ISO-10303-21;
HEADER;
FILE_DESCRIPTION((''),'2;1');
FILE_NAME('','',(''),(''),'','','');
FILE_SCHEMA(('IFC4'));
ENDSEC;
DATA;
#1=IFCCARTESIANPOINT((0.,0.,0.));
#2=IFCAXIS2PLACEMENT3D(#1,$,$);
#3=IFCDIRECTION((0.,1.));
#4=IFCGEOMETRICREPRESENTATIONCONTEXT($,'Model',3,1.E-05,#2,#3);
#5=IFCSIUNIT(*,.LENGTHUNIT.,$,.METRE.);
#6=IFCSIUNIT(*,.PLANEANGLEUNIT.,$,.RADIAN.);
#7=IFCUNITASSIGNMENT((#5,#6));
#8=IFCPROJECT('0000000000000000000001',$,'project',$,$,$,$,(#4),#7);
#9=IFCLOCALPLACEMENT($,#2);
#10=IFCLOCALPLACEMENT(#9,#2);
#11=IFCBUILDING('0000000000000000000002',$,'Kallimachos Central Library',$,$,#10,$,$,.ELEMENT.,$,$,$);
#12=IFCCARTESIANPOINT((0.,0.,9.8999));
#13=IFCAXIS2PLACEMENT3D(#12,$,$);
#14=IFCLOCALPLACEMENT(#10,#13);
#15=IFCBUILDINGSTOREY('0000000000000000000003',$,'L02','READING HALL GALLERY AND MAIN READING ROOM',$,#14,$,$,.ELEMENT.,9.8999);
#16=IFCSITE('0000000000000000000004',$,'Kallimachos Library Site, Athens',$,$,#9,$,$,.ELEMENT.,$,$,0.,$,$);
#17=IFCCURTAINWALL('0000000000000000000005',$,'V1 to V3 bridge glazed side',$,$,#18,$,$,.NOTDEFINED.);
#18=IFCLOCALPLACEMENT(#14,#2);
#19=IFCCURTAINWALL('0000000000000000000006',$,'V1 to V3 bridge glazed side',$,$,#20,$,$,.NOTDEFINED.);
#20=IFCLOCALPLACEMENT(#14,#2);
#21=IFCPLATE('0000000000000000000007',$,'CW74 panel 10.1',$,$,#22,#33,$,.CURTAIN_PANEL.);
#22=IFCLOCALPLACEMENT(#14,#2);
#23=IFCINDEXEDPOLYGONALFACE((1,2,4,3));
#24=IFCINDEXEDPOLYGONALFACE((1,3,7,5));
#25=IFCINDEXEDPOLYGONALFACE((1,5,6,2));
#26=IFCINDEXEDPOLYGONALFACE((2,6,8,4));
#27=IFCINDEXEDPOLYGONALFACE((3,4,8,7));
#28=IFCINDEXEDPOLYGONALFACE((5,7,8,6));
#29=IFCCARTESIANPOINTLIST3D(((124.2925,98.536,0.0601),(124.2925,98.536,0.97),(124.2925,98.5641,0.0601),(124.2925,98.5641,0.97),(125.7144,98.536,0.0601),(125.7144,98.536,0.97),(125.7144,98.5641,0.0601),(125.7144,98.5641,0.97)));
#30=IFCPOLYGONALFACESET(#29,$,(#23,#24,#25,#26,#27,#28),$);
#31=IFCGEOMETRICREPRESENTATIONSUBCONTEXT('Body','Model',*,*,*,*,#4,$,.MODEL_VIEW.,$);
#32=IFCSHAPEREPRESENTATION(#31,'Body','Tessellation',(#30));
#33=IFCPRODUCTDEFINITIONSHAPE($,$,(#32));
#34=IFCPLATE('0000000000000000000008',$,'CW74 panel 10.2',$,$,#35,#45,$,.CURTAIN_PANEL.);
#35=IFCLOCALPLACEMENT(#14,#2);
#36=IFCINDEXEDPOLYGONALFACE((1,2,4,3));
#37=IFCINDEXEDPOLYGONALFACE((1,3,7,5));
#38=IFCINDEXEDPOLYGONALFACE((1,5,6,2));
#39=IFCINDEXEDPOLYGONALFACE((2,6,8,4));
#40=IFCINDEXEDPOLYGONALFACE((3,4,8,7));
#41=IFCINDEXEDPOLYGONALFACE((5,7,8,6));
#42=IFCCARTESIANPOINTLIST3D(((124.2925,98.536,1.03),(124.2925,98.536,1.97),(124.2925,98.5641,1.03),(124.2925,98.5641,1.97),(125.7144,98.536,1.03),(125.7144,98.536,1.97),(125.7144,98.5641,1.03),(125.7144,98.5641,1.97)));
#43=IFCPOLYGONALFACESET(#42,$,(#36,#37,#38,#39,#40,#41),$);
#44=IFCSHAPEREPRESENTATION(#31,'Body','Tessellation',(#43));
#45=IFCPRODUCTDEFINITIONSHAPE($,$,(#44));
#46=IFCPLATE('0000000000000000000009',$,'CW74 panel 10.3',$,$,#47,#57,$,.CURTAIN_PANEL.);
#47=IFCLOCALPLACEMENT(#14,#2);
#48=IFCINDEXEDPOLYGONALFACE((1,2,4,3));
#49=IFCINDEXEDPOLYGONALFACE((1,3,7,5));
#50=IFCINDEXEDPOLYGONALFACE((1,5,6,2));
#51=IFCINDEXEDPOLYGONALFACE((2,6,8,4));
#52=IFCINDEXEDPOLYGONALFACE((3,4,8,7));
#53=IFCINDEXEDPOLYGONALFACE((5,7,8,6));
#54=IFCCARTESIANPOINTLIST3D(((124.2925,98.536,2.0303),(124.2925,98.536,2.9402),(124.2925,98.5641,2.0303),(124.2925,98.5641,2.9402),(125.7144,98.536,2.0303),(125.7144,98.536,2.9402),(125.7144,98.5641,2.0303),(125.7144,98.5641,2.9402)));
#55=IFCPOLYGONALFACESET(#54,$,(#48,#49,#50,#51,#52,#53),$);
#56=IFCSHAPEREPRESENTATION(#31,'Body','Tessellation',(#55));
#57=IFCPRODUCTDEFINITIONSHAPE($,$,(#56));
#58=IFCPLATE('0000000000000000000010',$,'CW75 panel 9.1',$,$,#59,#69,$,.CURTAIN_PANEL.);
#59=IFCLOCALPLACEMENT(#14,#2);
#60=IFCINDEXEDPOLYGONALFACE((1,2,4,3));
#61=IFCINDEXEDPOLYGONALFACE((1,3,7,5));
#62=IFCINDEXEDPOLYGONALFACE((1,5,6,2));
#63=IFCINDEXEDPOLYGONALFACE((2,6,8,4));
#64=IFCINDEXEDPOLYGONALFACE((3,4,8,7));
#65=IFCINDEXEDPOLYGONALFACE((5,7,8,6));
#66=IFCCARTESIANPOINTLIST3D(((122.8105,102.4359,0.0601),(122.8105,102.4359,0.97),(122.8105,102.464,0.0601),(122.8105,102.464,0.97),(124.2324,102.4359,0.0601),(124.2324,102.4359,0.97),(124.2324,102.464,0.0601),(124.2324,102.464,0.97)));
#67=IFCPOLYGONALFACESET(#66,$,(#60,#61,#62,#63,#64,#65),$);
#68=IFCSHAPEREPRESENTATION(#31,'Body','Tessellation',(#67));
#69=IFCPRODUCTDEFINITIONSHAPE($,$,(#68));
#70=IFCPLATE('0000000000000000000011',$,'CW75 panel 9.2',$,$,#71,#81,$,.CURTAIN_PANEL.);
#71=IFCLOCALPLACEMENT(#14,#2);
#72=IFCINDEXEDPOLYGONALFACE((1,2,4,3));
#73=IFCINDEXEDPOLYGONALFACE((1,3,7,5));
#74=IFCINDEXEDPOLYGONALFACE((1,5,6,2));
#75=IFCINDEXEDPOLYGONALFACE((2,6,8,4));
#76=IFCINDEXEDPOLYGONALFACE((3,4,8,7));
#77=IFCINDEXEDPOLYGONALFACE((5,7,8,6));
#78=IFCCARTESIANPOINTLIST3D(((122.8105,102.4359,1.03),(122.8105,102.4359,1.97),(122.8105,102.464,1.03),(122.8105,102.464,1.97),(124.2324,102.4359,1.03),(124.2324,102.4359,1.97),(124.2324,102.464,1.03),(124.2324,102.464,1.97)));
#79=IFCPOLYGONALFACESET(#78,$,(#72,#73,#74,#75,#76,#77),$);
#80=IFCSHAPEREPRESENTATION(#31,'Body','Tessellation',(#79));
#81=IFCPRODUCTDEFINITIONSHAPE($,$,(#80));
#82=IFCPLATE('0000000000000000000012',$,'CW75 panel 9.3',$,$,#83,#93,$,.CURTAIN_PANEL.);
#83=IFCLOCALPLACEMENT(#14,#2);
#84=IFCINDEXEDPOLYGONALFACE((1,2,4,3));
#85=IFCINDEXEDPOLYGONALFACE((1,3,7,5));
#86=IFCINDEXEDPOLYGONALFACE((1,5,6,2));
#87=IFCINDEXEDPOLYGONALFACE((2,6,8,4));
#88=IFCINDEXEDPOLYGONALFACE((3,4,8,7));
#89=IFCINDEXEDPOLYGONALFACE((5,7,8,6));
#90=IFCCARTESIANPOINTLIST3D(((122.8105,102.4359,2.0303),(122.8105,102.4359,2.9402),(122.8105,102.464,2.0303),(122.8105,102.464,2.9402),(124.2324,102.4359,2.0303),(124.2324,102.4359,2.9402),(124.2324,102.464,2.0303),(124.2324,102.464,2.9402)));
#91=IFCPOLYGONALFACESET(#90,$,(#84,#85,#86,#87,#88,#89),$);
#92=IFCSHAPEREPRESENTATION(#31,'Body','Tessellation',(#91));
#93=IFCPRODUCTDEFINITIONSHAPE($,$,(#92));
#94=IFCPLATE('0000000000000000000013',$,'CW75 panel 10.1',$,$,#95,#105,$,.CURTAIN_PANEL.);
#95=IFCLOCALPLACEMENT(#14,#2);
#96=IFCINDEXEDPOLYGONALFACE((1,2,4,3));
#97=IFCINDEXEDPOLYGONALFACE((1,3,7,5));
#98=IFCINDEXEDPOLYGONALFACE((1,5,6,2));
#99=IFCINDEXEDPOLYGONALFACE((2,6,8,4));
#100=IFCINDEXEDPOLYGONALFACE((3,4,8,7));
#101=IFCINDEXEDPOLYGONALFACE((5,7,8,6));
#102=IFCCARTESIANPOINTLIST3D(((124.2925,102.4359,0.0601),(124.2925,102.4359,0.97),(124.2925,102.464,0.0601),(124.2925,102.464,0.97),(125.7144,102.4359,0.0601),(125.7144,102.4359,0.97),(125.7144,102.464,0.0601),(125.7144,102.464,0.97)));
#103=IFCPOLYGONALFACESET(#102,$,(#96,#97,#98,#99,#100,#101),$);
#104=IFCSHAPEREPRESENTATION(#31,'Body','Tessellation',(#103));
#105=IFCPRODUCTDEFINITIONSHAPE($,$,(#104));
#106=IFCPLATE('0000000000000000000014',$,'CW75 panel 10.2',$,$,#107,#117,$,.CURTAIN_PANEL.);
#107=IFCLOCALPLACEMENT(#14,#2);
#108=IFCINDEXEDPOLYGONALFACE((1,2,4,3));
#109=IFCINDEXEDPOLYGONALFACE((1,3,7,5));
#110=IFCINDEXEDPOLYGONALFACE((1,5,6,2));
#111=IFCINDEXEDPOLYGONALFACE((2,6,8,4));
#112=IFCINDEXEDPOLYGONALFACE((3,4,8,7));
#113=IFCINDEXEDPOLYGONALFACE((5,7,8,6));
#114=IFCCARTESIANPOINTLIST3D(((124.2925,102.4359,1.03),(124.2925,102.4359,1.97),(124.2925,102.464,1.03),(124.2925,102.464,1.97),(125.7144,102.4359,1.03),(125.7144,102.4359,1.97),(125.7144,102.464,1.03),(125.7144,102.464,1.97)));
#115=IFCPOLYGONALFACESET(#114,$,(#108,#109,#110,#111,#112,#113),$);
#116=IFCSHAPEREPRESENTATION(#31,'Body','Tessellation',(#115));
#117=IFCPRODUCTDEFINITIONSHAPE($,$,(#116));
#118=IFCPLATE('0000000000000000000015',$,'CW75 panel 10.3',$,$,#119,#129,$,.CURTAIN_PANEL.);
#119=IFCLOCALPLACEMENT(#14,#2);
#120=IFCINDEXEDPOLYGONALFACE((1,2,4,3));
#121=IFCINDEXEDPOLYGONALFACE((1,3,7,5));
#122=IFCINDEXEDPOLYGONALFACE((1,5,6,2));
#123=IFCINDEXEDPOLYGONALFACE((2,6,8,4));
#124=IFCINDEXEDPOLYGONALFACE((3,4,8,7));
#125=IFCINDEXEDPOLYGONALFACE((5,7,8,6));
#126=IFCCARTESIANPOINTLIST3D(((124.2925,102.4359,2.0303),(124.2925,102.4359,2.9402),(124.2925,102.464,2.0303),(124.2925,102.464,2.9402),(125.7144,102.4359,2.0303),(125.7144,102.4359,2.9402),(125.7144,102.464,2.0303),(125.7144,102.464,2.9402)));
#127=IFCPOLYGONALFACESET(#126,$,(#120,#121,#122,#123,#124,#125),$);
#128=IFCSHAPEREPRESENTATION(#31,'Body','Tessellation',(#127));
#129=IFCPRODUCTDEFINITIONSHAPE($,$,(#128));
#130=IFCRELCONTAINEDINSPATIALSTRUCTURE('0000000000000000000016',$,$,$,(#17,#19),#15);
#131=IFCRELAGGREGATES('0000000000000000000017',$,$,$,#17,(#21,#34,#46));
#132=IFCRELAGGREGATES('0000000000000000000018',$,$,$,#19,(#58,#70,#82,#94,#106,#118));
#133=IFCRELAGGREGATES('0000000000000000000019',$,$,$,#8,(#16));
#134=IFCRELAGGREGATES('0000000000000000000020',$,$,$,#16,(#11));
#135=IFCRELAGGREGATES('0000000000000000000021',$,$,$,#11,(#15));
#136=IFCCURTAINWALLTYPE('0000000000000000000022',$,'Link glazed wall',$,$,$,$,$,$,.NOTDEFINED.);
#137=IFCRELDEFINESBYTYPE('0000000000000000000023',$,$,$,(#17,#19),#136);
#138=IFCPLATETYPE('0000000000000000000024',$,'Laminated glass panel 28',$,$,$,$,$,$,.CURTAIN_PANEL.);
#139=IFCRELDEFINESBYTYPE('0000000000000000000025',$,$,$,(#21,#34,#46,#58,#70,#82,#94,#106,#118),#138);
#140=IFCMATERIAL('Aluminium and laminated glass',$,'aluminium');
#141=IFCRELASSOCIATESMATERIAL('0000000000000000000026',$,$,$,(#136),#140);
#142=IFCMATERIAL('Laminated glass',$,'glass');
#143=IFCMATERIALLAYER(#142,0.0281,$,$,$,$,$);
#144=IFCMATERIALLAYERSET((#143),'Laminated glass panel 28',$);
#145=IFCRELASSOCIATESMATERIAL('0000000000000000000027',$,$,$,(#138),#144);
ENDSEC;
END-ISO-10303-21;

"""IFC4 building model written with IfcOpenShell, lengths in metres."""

from ifc_helpers import new_model, si_unit, direction, frame, origin, origin_2d, place, context, subcontext, project, spatial, rectangle, extrude, material, layer, layer_set, type_object, element, aggregate, save


model = new_model("IFC4")

# Units and contexts
model_context = context("Model", 3, precision=1e-05, world=origin(), true_north=direction((0.0, 1.0)))
body_context = subcontext(model_context, "Body", "Model", "MODEL_VIEW")
ifc_project = project(units=[si_unit("LENGTHUNIT", "METRE"), si_unit("PLANEANGLEUNIT", "RADIAN")], contexts=[model_context])

# Site, building, storey
site_placement = place(None, origin())
site = spatial("IfcSite", under=ifc_project, at=site_placement, Name="Kallimachos Library Site, Athens", CompositionType="ELEMENT", RefElevation=0.0)
building_placement = place(site_placement, origin())
building = spatial("IfcBuilding", under=site, at=building_placement, Name="Kallimachos Central Library", CompositionType="ELEMENT")
storey_placement = place(building_placement, frame((0.0, 0.0, 9.8999)))
storey = spatial("IfcBuildingStorey", under=building, at=storey_placement, Name="L02", Description="READING HALL GALLERY AND MAIN READING ROOM", CompositionType="ELEMENT", Elevation=9.8999)

# Curtain walls
ifc_material_1 = material(Name="Aluminium and laminated glass", Category="aluminium")
curtain_wall_type = type_object("IfcCurtainWallType", Name="Link glazed wall", PredefinedType="NOTDEFINED", material=ifc_material_1)
curtain_wall_1_placement = place(storey_placement, origin())
curtain_wall_1 = element("IfcCurtainWall", 1, at=curtain_wall_1_placement, inside=storey, type_object=curtain_wall_type, Name="V1 to V3 bridge glazed side", PredefinedType="NOTDEFINED")
curtain_wall_2_placement = place(storey_placement, origin())
curtain_wall_2 = element("IfcCurtainWall", 2, at=curtain_wall_2_placement, inside=storey, type_object=curtain_wall_type, Name="V1 to V3 bridge glazed side", PredefinedType="NOTDEFINED")

# Plates
ifc_material_2 = material(Name="Laminated glass", Category="glass")
ifc_layer = layer(ifc_material_2, 0.0281)
ifc_layer_set = layer_set([ifc_layer], Name="Laminated glass panel 28")
plate_type = type_object("IfcPlateType", Name="Laminated glass panel 28", PredefinedType="CURTAIN_PANEL", material=ifc_layer_set)
plate_1_placement = place(storey_placement, frame((125.0034, 98.55, 0.0601), z_axis=(0.0, 0.0, 1.0), x_axis=(1.0, 0.0, 0.0)))
plate_1 = element("IfcPlate", 3, at=plate_1_placement, type_object=plate_type, Name="CW74 panel 10.1", PredefinedType="CURTAIN_PANEL", context=body_context, shape_type="SweptSolid", body=[
    extrude(rectangle(XDim=1.4219, YDim=0.0281, at=origin_2d()), origin(), (0.0, 0.0, 1.0), 0.9099),
])
plate_2_placement = place(storey_placement, frame((125.0034, 98.55, 1.03), z_axis=(0.0, 0.0, 1.0), x_axis=(1.0, 0.0, 0.0)))
plate_2 = element("IfcPlate", 4, at=plate_2_placement, type_object=plate_type, Name="CW74 panel 10.2", PredefinedType="CURTAIN_PANEL", context=body_context, shape_type="SweptSolid", body=[
    extrude(rectangle(XDim=1.4219, YDim=0.0281, at=origin_2d()), origin(), (0.0, 0.0, 1.0), 0.9399),
])
plate_3_placement = place(storey_placement, frame((125.0034, 98.55, 2.0303), z_axis=(0.0, 0.0, 1.0), x_axis=(1.0, 0.0, 0.0)))
plate_3 = element("IfcPlate", 5, at=plate_3_placement, type_object=plate_type, Name="CW74 panel 10.3", PredefinedType="CURTAIN_PANEL", context=body_context, shape_type="SweptSolid", body=[
    extrude(rectangle(XDim=1.4219, YDim=0.0281, at=origin_2d()), origin(), (0.0, 0.0, 1.0), 0.9099),
])
aggregate(curtain_wall_1, [plate_1, plate_2, plate_3])
plate_4_placement = place(storey_placement, frame((123.5215, 102.45, 0.0601), z_axis=(0.0, 0.0, 1.0), x_axis=(1.0, 0.0, 0.0)))
plate_4 = element("IfcPlate", 6, at=plate_4_placement, type_object=plate_type, Name="CW75 panel 9.1", PredefinedType="CURTAIN_PANEL", context=body_context, shape_type="SweptSolid", body=[
    extrude(rectangle(XDim=1.4219, YDim=0.0281, at=origin_2d()), origin(), (0.0, 0.0, 1.0), 0.9099),
])
plate_5_placement = place(storey_placement, frame((123.5215, 102.45, 1.03), z_axis=(0.0, 0.0, 1.0), x_axis=(1.0, 0.0, 0.0)))
plate_5 = element("IfcPlate", 7, at=plate_5_placement, type_object=plate_type, Name="CW75 panel 9.2", PredefinedType="CURTAIN_PANEL", context=body_context, shape_type="SweptSolid", body=[
    extrude(rectangle(XDim=1.4219, YDim=0.0281, at=origin_2d()), origin(), (0.0, 0.0, 1.0), 0.9399),
])
plate_6_placement = place(storey_placement, frame((123.5215, 102.45, 2.0303), z_axis=(0.0, 0.0, 1.0), x_axis=(1.0, 0.0, 0.0)))
plate_6 = element("IfcPlate", 8, at=plate_6_placement, type_object=plate_type, Name="CW75 panel 9.3", PredefinedType="CURTAIN_PANEL", context=body_context, shape_type="SweptSolid", body=[
    extrude(rectangle(XDim=1.4219, YDim=0.0281, at=origin_2d()), origin(), (0.0, 0.0, 1.0), 0.9099),
])
plate_7_placement = place(storey_placement, frame((125.0034, 102.45, 0.0601), z_axis=(0.0, 0.0, 1.0), x_axis=(1.0, 0.0, 0.0)))
plate_7 = element("IfcPlate", 9, at=plate_7_placement, type_object=plate_type, Name="CW75 panel 10.1", PredefinedType="CURTAIN_PANEL", context=body_context, shape_type="SweptSolid", body=[
    extrude(rectangle(XDim=1.4219, YDim=0.0281, at=origin_2d()), origin(), (0.0, 0.0, 1.0), 0.9099),
])
plate_8_placement = place(storey_placement, frame((125.0034, 102.45, 1.03), z_axis=(0.0, 0.0, 1.0), x_axis=(1.0, 0.0, 0.0)))
plate_8 = element("IfcPlate", 10, at=plate_8_placement, type_object=plate_type, Name="CW75 panel 10.2", PredefinedType="CURTAIN_PANEL", context=body_context, shape_type="SweptSolid", body=[
    extrude(rectangle(XDim=1.4219, YDim=0.0281, at=origin_2d()), origin(), (0.0, 0.0, 1.0), 0.9399),
])
plate_9_placement = place(storey_placement, frame((125.0034, 102.45, 2.0303), z_axis=(0.0, 0.0, 1.0), x_axis=(1.0, 0.0, 0.0)))
plate_9 = element("IfcPlate", 11, at=plate_9_placement, type_object=plate_type, Name="CW75 panel 10.3", PredefinedType="CURTAIN_PANEL", context=body_context, shape_type="SweptSolid", body=[
    extrude(rectangle(XDim=1.4219, YDim=0.0281, at=origin_2d()), origin(), (0.0, 0.0, 1.0), 0.9099),
])
aggregate(curtain_wall_2, [plate_4, plate_5, plate_6, plate_7, plate_8, plate_9])

save(model, "model.ifc")
